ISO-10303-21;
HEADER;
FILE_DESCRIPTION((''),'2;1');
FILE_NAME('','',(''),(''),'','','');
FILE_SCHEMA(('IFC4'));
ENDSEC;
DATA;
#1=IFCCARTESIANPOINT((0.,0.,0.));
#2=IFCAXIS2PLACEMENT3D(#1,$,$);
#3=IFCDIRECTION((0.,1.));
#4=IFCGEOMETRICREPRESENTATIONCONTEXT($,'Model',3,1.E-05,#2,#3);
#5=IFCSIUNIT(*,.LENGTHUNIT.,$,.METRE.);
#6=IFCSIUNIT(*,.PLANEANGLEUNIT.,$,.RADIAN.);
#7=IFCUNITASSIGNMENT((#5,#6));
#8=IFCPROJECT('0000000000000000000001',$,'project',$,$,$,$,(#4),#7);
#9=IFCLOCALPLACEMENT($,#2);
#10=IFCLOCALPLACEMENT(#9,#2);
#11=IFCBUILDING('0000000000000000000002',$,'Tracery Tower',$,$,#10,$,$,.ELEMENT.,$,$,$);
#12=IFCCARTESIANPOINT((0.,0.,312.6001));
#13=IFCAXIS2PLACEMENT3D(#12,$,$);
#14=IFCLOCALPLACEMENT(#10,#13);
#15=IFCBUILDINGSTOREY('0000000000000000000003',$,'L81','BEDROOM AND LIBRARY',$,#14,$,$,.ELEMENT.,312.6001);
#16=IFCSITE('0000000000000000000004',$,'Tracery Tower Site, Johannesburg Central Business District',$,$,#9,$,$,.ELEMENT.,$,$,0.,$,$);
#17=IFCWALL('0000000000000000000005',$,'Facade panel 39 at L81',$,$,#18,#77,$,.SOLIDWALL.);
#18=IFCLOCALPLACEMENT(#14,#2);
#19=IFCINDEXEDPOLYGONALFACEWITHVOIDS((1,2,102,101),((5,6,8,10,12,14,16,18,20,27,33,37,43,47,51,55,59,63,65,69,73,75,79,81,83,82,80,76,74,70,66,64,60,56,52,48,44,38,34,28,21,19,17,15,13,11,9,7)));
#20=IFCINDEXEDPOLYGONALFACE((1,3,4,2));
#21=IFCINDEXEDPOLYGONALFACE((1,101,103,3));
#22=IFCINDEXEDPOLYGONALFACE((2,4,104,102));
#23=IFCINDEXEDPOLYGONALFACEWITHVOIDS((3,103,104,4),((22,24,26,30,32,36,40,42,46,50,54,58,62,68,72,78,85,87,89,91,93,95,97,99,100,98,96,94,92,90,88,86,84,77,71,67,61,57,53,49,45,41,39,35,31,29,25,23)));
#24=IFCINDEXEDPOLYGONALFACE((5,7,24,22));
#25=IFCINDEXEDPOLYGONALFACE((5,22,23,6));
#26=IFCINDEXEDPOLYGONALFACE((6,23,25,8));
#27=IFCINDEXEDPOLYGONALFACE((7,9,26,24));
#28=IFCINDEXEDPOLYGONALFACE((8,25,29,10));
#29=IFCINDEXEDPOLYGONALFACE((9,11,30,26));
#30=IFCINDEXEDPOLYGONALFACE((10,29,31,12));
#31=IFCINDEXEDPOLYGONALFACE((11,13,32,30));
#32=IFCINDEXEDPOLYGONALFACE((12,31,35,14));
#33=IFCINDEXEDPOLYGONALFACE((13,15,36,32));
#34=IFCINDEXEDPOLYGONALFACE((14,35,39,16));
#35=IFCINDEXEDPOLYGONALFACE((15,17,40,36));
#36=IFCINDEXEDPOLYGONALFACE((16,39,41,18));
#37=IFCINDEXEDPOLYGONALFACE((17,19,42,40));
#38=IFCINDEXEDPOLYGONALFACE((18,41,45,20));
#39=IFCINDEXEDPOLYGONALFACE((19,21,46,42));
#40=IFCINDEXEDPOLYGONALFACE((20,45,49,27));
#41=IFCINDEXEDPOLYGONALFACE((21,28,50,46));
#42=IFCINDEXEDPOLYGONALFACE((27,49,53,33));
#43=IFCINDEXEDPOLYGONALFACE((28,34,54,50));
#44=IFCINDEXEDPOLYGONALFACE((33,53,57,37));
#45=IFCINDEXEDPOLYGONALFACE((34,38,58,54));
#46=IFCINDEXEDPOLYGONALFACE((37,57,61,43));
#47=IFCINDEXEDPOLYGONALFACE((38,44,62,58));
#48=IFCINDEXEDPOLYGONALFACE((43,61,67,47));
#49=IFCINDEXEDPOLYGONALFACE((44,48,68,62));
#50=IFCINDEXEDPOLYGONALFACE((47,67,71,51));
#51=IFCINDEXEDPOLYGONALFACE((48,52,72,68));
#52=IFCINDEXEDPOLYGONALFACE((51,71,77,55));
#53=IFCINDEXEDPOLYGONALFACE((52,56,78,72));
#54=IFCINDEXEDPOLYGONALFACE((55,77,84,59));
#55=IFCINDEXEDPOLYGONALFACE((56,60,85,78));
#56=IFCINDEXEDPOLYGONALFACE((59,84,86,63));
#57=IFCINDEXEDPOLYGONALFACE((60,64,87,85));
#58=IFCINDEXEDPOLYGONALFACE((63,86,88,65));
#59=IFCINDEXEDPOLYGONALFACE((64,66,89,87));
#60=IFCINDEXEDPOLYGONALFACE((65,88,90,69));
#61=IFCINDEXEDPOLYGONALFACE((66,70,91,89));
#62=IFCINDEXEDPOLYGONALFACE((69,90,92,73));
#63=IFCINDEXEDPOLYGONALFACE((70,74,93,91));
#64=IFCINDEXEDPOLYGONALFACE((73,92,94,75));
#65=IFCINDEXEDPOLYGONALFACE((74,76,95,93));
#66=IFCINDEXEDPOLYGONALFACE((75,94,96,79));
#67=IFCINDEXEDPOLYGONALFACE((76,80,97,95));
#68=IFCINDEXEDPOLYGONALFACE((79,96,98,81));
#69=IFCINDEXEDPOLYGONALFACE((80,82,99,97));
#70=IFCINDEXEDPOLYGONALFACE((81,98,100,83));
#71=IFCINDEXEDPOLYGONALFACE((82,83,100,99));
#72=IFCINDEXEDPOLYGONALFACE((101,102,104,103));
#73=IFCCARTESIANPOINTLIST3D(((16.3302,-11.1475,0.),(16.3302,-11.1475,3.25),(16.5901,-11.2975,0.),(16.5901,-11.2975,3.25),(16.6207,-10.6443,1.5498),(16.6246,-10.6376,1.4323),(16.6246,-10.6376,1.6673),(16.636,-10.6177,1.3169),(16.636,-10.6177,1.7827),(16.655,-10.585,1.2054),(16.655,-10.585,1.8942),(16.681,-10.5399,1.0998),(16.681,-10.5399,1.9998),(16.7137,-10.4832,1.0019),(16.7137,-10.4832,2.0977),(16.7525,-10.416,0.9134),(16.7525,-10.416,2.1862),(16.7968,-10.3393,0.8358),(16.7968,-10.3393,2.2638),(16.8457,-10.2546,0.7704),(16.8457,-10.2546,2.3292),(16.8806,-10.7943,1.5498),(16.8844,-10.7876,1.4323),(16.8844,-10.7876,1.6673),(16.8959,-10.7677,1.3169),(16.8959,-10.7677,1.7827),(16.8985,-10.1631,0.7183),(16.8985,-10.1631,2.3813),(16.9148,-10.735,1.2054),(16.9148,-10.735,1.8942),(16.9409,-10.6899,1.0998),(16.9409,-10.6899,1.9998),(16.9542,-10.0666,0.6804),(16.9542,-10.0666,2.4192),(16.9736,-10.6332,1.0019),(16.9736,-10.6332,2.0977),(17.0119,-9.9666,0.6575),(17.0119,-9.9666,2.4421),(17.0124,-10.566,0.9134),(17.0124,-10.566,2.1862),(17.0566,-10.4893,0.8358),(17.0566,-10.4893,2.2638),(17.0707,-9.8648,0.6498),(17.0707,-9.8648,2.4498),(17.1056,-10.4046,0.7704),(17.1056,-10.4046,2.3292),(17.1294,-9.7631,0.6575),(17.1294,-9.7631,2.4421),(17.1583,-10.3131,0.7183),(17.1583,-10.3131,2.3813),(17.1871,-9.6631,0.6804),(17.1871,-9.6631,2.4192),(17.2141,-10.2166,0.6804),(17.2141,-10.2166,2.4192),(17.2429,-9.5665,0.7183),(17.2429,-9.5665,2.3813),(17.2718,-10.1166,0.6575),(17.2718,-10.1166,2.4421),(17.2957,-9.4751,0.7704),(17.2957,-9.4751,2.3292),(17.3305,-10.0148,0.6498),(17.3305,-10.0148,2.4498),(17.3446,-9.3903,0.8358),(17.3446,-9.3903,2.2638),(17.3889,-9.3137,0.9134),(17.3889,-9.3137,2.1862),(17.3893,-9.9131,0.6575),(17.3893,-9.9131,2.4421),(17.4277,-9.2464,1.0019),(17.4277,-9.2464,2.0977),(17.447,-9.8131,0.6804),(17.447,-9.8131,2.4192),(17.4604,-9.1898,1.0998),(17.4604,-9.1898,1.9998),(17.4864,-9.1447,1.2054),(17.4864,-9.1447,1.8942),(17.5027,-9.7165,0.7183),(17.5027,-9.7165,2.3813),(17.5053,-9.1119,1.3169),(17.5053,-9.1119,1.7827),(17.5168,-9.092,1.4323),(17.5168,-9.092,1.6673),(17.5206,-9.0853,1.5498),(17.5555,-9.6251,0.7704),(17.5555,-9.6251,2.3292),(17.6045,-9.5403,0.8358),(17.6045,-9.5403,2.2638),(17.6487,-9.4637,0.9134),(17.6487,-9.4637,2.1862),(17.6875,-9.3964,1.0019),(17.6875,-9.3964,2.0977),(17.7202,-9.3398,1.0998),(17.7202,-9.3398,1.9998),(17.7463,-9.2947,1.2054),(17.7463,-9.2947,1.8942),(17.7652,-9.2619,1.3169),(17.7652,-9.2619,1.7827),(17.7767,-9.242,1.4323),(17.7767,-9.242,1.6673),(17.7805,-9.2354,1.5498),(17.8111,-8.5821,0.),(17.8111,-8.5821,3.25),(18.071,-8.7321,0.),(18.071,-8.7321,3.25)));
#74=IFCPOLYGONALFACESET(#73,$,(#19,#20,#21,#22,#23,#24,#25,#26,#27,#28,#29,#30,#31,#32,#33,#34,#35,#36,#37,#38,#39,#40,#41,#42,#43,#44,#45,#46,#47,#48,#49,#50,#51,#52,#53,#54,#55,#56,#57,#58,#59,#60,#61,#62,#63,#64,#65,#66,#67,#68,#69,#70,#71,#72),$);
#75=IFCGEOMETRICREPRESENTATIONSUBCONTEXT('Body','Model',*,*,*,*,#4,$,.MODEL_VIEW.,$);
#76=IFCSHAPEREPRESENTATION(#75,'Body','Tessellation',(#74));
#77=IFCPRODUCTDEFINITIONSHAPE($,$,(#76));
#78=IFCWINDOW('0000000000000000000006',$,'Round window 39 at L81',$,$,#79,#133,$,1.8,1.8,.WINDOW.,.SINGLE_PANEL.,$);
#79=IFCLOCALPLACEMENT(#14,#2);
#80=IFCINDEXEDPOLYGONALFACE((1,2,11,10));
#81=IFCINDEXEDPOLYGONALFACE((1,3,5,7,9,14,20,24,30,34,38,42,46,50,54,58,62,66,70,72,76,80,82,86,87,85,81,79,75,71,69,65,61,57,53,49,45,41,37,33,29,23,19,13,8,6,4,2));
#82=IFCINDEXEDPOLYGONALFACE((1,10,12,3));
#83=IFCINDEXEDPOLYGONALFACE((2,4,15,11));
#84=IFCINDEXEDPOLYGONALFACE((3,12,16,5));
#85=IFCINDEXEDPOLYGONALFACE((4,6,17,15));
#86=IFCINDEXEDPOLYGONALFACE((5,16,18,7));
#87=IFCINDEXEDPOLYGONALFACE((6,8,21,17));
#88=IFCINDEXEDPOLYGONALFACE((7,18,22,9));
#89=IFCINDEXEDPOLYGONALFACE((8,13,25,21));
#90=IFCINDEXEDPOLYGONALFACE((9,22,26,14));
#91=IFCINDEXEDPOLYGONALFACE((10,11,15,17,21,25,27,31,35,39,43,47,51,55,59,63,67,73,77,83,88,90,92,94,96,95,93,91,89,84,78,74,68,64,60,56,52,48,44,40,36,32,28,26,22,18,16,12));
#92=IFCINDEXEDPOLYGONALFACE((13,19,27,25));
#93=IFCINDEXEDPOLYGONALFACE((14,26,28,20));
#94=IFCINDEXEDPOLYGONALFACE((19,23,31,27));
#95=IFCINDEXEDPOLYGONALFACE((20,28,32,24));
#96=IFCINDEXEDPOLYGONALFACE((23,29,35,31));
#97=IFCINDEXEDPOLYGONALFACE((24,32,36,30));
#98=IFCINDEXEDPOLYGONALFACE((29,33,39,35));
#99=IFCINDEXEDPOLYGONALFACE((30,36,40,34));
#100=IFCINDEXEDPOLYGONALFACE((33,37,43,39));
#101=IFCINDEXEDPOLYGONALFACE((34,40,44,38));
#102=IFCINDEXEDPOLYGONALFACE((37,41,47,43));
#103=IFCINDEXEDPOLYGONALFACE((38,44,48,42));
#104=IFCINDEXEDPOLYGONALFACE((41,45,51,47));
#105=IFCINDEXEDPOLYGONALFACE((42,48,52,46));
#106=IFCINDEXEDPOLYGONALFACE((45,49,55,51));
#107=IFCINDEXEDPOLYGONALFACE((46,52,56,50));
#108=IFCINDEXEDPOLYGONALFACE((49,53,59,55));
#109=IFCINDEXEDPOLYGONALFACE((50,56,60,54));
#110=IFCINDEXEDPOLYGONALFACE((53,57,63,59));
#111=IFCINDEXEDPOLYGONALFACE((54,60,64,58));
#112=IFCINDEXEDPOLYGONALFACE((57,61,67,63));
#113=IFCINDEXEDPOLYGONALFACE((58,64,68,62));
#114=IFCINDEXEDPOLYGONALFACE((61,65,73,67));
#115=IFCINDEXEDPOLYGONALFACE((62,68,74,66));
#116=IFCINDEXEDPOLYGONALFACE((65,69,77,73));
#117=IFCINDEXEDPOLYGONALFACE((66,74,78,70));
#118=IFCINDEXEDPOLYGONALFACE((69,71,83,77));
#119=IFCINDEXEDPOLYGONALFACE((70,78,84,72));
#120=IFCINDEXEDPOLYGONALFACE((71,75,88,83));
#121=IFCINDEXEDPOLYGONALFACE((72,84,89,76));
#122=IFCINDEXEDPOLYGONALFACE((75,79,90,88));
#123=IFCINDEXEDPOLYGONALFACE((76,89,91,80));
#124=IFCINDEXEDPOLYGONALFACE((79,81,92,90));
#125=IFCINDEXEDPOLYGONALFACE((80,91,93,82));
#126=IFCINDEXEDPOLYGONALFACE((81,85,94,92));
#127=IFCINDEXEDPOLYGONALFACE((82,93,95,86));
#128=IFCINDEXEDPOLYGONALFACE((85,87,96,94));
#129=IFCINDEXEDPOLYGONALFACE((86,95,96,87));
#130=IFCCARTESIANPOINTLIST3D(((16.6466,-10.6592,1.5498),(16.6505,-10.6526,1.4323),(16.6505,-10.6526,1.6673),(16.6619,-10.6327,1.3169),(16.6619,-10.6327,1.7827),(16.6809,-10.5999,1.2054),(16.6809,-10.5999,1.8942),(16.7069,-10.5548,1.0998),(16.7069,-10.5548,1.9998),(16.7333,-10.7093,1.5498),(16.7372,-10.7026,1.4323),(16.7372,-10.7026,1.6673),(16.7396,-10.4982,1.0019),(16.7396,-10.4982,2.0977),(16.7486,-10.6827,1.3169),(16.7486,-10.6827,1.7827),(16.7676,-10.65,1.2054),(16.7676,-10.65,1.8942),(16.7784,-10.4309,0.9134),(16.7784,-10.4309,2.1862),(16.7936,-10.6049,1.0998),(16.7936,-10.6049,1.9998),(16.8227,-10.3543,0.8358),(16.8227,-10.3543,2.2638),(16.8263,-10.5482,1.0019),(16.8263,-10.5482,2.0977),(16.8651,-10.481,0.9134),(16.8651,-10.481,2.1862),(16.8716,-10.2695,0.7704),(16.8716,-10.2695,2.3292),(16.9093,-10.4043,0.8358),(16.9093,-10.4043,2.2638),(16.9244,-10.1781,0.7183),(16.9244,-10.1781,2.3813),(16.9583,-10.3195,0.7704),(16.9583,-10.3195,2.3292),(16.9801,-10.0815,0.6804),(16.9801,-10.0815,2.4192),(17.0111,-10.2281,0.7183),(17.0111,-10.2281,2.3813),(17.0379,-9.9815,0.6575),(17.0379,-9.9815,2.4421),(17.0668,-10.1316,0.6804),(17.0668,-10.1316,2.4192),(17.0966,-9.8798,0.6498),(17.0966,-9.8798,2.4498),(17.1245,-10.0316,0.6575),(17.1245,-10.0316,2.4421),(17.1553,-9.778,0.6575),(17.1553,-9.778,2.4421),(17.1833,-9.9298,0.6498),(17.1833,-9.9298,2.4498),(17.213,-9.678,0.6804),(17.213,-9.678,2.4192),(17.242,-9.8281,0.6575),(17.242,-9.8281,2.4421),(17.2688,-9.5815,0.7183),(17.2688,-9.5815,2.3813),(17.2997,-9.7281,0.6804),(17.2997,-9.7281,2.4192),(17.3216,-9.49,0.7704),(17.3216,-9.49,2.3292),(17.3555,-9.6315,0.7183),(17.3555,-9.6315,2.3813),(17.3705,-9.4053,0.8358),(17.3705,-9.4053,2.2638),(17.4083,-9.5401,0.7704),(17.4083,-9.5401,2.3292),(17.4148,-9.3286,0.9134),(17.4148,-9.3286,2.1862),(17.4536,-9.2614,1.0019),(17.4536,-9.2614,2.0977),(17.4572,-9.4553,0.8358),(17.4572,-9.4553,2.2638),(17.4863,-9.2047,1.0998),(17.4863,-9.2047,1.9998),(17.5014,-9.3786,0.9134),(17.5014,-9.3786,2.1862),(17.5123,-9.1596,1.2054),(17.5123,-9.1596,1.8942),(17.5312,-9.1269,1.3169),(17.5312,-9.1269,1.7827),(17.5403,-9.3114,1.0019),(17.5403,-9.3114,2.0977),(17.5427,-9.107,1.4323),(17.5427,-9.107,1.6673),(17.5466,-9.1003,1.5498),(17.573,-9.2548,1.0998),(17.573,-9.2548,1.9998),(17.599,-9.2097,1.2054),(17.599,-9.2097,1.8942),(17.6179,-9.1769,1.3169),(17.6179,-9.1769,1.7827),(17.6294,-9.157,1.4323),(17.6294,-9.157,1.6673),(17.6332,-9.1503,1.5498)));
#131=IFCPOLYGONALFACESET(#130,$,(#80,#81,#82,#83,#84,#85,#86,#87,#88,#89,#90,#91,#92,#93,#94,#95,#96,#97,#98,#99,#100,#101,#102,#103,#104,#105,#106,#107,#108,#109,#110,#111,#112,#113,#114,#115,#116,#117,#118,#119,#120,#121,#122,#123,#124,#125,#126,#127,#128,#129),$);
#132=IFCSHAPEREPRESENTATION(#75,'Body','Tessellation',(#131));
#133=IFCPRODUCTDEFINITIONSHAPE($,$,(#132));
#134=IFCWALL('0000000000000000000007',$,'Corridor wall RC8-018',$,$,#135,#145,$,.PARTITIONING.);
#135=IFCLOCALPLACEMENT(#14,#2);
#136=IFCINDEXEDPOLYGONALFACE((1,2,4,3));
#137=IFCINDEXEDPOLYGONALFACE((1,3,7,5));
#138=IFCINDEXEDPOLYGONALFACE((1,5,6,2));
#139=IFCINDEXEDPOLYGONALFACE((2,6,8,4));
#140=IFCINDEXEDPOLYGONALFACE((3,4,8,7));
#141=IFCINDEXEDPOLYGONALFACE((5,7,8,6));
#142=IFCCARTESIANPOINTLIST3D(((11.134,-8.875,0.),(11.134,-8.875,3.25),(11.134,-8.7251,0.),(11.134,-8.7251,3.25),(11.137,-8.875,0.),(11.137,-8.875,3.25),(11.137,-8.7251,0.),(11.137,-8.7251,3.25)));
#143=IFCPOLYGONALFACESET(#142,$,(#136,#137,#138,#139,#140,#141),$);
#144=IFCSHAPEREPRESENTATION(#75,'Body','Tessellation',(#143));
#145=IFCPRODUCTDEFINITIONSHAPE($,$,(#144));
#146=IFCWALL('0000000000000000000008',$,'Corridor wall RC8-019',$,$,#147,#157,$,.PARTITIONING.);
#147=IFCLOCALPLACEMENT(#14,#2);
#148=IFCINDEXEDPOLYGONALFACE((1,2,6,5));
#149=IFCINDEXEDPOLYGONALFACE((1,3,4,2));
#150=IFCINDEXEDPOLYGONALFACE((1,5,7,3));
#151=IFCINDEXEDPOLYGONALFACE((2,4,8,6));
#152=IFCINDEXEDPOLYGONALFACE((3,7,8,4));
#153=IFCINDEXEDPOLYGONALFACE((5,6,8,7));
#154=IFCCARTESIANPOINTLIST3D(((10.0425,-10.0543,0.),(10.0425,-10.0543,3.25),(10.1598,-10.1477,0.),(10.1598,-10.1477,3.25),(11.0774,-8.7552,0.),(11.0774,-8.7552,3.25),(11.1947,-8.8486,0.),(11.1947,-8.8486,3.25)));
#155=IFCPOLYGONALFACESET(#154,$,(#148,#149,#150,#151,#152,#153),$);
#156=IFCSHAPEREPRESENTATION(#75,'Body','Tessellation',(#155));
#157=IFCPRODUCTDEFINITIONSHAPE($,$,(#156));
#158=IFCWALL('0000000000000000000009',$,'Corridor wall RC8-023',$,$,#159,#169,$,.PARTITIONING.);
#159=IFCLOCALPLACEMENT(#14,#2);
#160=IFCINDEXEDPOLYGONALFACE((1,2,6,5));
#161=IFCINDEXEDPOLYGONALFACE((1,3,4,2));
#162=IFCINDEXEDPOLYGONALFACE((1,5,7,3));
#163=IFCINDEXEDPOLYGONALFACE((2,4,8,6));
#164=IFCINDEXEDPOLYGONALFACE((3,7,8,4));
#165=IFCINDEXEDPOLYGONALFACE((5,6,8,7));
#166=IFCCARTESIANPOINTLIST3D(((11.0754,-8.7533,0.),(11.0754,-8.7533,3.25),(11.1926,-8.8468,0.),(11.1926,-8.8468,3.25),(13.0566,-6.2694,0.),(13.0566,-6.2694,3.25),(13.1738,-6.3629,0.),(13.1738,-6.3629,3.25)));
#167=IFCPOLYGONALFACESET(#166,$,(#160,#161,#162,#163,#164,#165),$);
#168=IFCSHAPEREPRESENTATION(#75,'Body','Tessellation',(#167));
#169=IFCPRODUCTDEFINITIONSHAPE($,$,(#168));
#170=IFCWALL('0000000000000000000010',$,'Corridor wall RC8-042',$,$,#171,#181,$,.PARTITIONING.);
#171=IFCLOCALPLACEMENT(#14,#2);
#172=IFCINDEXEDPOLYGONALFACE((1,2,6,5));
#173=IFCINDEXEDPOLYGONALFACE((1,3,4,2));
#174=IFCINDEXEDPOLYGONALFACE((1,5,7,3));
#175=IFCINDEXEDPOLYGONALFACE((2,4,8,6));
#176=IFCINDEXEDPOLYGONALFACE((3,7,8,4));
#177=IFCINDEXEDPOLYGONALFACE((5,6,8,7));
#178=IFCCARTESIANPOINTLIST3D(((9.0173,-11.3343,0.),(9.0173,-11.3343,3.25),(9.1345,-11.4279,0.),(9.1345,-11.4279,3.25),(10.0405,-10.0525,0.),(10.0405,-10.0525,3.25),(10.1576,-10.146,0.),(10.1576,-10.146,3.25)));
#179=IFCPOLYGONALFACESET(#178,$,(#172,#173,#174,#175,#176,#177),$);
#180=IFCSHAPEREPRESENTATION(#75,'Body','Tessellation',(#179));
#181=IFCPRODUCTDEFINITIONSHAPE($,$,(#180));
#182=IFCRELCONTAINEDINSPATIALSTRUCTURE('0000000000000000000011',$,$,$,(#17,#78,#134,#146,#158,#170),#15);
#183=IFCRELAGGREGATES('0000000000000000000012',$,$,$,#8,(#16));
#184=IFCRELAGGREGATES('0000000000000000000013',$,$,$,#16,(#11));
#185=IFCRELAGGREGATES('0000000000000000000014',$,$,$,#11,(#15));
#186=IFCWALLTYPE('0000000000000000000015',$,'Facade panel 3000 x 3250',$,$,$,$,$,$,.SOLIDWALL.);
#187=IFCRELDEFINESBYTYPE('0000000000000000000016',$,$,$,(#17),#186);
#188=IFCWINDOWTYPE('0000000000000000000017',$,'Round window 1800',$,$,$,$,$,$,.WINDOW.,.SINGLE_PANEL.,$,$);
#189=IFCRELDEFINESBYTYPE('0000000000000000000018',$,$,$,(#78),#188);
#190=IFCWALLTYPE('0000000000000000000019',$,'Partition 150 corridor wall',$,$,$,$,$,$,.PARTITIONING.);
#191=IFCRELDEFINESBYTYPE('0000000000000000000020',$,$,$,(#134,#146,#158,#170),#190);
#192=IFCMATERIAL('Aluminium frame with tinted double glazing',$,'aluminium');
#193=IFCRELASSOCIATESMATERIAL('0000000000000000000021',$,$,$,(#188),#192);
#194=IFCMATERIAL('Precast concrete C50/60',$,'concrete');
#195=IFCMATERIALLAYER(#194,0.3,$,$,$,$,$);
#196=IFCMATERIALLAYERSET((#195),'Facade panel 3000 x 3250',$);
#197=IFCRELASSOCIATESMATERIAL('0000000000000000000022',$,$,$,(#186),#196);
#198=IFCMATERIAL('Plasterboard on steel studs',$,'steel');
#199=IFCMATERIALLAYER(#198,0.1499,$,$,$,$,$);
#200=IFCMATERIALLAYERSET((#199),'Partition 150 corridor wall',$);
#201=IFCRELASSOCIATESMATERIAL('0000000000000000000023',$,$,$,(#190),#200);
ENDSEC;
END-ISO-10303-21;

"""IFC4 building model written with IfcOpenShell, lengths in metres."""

from ifc_helpers import new_model, si_unit, direction, frame, frame_2d, origin, origin_2d, place, context, subcontext, project, spatial, rectangle, circle, extrude, material, layer, layer_set, type_object, element, fill, save


model = new_model("IFC4")

# Units and contexts
model_context = context("Model", 3, precision=1e-05, world=origin(), true_north=direction((0.0, 1.0)))
body_context = subcontext(model_context, "Body", "Model", "MODEL_VIEW")
ifc_project = project(units=[si_unit("LENGTHUNIT", "METRE"), si_unit("PLANEANGLEUNIT", "RADIAN")], contexts=[model_context])

# Site, building, storey
site_placement = place(None, origin())
site = spatial("IfcSite", under=ifc_project, at=site_placement, Name="Tracery Tower Site, Johannesburg Central Business District", CompositionType="ELEMENT", RefElevation=0.0)
building_placement = place(site_placement, origin())
building = spatial("IfcBuilding", under=site, at=building_placement, Name="Tracery Tower", CompositionType="ELEMENT")
storey_placement = place(building_placement, frame((0.0, 0.0, 312.6001)))
storey = spatial("IfcBuildingStorey", under=building, at=storey_placement, Name="L81", Description="BEDROOM AND LIBRARY", CompositionType="ELEMENT", Elevation=312.6001)

# Wall, opening, window
ifc_material_1 = material(Name="Aluminium frame with tinted double glazing", Category="aluminium")
window_type = type_object("IfcWindowType", Name="Round window 1800", PartitioningType="SINGLE_PANEL", PredefinedType="WINDOW", material=ifc_material_1)
ifc_material_2 = material(Name="Precast concrete C50/60", Category="concrete")
ifc_layer_1 = layer(ifc_material_2, 0.3)
ifc_layer_set_1 = layer_set([ifc_layer_1], Name="Facade panel 3000 x 3250")
wall_type_1 = type_object("IfcWallType", Name="Facade panel 3000 x 3250", PredefinedType="SOLIDWALL", material=ifc_layer_set_1)
wall_1_placement = place(storey_placement, frame((16.4602, -11.2224, 0.0), z_axis=(0.0, 0.0, 1.0), x_axis=(0.499951, 0.866054, 0.0)))
wall_1 = element("IfcWall", 1, at=wall_1_placement, inside=storey, type_object=wall_type_1, Name="Facade panel 39 at L81", PredefinedType="SOLIDWALL", context=body_context, shape_type="SweptSolid", body=[
    extrude(rectangle(XDim=2.9622, YDim=0.3, at=frame_2d((1.481, 0.0))), origin(), (0.0, 0.0, 1.0), 3.25),
])
opening_1_placement = place(wall_1_placement, frame((1.481, 0.0, 1.5498)))
opening_1 = element("IfcOpeningElement", 2, at=opening_1_placement, cuts=wall_1, PredefinedType="OPENING", context=body_context, shape_type="SweptSolid", body=[
    extrude(circle(Radius=0.9, at=origin_2d()), frame((0.0, 0.1599, 0.0), z_axis=(0.0, -1.0, 0.0), x_axis=(1.0, 0.0, 0.0)), (0.0, 0.0, 1.0), 0.3201),
])
window_1_placement = place(opening_1_placement, origin())
window_1 = element("IfcWindow", 3, at=window_1_placement, inside=storey, type_object=window_type, Name="Round window 39 at L81", OverallHeight=1.8, OverallWidth=1.8, PartitioningType="SINGLE_PANEL", PredefinedType="WINDOW", context=body_context, shape_type="SweptSolid", body=[
    extrude(circle(Radius=0.9, at=origin_2d()), frame((0.0, 0.1201, 0.0), z_axis=(0.0, -1.0, 0.0), x_axis=(1.0, 0.0, 0.0)), (0.0, 0.0, 1.0), 0.1001),
])
fill(opening_1, window_1)

# Walls
ifc_material_3 = material(Name="Plasterboard on steel studs", Category="steel")
ifc_layer_2 = layer(ifc_material_3, 0.1499)
ifc_layer_set_2 = layer_set([ifc_layer_2], Name="Partition 150 corridor wall")
wall_type_2 = type_object("IfcWallType", Name="Partition 150 corridor wall", PredefinedType="PARTITIONING", material=ifc_layer_set_2)
wall_2_placement = place(storey_placement, frame((11.137, -8.8, 0.0), z_axis=(0.0, 0.0, 1.0), x_axis=(-1.0, 0.0, 0.0)))
element("IfcWall", 4, at=wall_2_placement, inside=storey, type_object=wall_type_2, Name="Corridor wall RC8-018", PredefinedType="PARTITIONING", context=body_context, shape_type="SweptSolid", body=[
    extrude(rectangle(XDim=0.0029, YDim=0.1499, at=frame_2d((0.0015, 0.0))), origin(), (0.0, 0.0, 1.0), 3.25),
])
wall_3_placement = place(storey_placement, frame((10.1011, -10.1011, 0.0), z_axis=(0.0, 0.0, 1.0), x_axis=(0.623098, 0.782143, 0.0)))
element("IfcWall", 5, at=wall_3_placement, inside=storey, type_object=wall_type_2, Name="Corridor wall RC8-019", PredefinedType="PARTITIONING", context=body_context, shape_type="SweptSolid", body=[
    extrude(rectangle(XDim=1.6609, YDim=0.1499, at=frame_2d((0.8306, 0.0))), origin(), (0.0, 0.0, 1.0), 3.25),
])
wall_4_placement = place(storey_placement, frame((11.134, -8.8, 0.0), z_axis=(0.0, 0.0, 1.0), x_axis=(0.623561, 0.781775, 0.0)))
element("IfcWall", 6, at=wall_4_placement, inside=storey, type_object=wall_type_2, Name="Corridor wall RC8-023", PredefinedType="PARTITIONING", context=body_context, shape_type="SweptSolid", body=[
    extrude(rectangle(XDim=3.1772, YDim=0.1499, at=frame_2d((1.5886, 0.0))), origin(), (0.0, 0.0, 1.0), 3.25),
])
wall_5_placement = place(storey_placement, frame((9.0759, -11.3811, 0.0), z_axis=(0.0, 0.0, 1.0), x_axis=(0.623805, 0.78158, 0.0)))
element("IfcWall", 7, at=wall_5_placement, inside=storey, type_object=wall_type_2, Name="Corridor wall RC8-042", PredefinedType="PARTITIONING", context=body_context, shape_type="SweptSolid", body=[
    extrude(rectangle(XDim=1.6401, YDim=0.1499, at=frame_2d((0.8201, 0.0))), origin(), (0.0, 0.0, 1.0), 3.25),
])

save(model, "model.ifc")
